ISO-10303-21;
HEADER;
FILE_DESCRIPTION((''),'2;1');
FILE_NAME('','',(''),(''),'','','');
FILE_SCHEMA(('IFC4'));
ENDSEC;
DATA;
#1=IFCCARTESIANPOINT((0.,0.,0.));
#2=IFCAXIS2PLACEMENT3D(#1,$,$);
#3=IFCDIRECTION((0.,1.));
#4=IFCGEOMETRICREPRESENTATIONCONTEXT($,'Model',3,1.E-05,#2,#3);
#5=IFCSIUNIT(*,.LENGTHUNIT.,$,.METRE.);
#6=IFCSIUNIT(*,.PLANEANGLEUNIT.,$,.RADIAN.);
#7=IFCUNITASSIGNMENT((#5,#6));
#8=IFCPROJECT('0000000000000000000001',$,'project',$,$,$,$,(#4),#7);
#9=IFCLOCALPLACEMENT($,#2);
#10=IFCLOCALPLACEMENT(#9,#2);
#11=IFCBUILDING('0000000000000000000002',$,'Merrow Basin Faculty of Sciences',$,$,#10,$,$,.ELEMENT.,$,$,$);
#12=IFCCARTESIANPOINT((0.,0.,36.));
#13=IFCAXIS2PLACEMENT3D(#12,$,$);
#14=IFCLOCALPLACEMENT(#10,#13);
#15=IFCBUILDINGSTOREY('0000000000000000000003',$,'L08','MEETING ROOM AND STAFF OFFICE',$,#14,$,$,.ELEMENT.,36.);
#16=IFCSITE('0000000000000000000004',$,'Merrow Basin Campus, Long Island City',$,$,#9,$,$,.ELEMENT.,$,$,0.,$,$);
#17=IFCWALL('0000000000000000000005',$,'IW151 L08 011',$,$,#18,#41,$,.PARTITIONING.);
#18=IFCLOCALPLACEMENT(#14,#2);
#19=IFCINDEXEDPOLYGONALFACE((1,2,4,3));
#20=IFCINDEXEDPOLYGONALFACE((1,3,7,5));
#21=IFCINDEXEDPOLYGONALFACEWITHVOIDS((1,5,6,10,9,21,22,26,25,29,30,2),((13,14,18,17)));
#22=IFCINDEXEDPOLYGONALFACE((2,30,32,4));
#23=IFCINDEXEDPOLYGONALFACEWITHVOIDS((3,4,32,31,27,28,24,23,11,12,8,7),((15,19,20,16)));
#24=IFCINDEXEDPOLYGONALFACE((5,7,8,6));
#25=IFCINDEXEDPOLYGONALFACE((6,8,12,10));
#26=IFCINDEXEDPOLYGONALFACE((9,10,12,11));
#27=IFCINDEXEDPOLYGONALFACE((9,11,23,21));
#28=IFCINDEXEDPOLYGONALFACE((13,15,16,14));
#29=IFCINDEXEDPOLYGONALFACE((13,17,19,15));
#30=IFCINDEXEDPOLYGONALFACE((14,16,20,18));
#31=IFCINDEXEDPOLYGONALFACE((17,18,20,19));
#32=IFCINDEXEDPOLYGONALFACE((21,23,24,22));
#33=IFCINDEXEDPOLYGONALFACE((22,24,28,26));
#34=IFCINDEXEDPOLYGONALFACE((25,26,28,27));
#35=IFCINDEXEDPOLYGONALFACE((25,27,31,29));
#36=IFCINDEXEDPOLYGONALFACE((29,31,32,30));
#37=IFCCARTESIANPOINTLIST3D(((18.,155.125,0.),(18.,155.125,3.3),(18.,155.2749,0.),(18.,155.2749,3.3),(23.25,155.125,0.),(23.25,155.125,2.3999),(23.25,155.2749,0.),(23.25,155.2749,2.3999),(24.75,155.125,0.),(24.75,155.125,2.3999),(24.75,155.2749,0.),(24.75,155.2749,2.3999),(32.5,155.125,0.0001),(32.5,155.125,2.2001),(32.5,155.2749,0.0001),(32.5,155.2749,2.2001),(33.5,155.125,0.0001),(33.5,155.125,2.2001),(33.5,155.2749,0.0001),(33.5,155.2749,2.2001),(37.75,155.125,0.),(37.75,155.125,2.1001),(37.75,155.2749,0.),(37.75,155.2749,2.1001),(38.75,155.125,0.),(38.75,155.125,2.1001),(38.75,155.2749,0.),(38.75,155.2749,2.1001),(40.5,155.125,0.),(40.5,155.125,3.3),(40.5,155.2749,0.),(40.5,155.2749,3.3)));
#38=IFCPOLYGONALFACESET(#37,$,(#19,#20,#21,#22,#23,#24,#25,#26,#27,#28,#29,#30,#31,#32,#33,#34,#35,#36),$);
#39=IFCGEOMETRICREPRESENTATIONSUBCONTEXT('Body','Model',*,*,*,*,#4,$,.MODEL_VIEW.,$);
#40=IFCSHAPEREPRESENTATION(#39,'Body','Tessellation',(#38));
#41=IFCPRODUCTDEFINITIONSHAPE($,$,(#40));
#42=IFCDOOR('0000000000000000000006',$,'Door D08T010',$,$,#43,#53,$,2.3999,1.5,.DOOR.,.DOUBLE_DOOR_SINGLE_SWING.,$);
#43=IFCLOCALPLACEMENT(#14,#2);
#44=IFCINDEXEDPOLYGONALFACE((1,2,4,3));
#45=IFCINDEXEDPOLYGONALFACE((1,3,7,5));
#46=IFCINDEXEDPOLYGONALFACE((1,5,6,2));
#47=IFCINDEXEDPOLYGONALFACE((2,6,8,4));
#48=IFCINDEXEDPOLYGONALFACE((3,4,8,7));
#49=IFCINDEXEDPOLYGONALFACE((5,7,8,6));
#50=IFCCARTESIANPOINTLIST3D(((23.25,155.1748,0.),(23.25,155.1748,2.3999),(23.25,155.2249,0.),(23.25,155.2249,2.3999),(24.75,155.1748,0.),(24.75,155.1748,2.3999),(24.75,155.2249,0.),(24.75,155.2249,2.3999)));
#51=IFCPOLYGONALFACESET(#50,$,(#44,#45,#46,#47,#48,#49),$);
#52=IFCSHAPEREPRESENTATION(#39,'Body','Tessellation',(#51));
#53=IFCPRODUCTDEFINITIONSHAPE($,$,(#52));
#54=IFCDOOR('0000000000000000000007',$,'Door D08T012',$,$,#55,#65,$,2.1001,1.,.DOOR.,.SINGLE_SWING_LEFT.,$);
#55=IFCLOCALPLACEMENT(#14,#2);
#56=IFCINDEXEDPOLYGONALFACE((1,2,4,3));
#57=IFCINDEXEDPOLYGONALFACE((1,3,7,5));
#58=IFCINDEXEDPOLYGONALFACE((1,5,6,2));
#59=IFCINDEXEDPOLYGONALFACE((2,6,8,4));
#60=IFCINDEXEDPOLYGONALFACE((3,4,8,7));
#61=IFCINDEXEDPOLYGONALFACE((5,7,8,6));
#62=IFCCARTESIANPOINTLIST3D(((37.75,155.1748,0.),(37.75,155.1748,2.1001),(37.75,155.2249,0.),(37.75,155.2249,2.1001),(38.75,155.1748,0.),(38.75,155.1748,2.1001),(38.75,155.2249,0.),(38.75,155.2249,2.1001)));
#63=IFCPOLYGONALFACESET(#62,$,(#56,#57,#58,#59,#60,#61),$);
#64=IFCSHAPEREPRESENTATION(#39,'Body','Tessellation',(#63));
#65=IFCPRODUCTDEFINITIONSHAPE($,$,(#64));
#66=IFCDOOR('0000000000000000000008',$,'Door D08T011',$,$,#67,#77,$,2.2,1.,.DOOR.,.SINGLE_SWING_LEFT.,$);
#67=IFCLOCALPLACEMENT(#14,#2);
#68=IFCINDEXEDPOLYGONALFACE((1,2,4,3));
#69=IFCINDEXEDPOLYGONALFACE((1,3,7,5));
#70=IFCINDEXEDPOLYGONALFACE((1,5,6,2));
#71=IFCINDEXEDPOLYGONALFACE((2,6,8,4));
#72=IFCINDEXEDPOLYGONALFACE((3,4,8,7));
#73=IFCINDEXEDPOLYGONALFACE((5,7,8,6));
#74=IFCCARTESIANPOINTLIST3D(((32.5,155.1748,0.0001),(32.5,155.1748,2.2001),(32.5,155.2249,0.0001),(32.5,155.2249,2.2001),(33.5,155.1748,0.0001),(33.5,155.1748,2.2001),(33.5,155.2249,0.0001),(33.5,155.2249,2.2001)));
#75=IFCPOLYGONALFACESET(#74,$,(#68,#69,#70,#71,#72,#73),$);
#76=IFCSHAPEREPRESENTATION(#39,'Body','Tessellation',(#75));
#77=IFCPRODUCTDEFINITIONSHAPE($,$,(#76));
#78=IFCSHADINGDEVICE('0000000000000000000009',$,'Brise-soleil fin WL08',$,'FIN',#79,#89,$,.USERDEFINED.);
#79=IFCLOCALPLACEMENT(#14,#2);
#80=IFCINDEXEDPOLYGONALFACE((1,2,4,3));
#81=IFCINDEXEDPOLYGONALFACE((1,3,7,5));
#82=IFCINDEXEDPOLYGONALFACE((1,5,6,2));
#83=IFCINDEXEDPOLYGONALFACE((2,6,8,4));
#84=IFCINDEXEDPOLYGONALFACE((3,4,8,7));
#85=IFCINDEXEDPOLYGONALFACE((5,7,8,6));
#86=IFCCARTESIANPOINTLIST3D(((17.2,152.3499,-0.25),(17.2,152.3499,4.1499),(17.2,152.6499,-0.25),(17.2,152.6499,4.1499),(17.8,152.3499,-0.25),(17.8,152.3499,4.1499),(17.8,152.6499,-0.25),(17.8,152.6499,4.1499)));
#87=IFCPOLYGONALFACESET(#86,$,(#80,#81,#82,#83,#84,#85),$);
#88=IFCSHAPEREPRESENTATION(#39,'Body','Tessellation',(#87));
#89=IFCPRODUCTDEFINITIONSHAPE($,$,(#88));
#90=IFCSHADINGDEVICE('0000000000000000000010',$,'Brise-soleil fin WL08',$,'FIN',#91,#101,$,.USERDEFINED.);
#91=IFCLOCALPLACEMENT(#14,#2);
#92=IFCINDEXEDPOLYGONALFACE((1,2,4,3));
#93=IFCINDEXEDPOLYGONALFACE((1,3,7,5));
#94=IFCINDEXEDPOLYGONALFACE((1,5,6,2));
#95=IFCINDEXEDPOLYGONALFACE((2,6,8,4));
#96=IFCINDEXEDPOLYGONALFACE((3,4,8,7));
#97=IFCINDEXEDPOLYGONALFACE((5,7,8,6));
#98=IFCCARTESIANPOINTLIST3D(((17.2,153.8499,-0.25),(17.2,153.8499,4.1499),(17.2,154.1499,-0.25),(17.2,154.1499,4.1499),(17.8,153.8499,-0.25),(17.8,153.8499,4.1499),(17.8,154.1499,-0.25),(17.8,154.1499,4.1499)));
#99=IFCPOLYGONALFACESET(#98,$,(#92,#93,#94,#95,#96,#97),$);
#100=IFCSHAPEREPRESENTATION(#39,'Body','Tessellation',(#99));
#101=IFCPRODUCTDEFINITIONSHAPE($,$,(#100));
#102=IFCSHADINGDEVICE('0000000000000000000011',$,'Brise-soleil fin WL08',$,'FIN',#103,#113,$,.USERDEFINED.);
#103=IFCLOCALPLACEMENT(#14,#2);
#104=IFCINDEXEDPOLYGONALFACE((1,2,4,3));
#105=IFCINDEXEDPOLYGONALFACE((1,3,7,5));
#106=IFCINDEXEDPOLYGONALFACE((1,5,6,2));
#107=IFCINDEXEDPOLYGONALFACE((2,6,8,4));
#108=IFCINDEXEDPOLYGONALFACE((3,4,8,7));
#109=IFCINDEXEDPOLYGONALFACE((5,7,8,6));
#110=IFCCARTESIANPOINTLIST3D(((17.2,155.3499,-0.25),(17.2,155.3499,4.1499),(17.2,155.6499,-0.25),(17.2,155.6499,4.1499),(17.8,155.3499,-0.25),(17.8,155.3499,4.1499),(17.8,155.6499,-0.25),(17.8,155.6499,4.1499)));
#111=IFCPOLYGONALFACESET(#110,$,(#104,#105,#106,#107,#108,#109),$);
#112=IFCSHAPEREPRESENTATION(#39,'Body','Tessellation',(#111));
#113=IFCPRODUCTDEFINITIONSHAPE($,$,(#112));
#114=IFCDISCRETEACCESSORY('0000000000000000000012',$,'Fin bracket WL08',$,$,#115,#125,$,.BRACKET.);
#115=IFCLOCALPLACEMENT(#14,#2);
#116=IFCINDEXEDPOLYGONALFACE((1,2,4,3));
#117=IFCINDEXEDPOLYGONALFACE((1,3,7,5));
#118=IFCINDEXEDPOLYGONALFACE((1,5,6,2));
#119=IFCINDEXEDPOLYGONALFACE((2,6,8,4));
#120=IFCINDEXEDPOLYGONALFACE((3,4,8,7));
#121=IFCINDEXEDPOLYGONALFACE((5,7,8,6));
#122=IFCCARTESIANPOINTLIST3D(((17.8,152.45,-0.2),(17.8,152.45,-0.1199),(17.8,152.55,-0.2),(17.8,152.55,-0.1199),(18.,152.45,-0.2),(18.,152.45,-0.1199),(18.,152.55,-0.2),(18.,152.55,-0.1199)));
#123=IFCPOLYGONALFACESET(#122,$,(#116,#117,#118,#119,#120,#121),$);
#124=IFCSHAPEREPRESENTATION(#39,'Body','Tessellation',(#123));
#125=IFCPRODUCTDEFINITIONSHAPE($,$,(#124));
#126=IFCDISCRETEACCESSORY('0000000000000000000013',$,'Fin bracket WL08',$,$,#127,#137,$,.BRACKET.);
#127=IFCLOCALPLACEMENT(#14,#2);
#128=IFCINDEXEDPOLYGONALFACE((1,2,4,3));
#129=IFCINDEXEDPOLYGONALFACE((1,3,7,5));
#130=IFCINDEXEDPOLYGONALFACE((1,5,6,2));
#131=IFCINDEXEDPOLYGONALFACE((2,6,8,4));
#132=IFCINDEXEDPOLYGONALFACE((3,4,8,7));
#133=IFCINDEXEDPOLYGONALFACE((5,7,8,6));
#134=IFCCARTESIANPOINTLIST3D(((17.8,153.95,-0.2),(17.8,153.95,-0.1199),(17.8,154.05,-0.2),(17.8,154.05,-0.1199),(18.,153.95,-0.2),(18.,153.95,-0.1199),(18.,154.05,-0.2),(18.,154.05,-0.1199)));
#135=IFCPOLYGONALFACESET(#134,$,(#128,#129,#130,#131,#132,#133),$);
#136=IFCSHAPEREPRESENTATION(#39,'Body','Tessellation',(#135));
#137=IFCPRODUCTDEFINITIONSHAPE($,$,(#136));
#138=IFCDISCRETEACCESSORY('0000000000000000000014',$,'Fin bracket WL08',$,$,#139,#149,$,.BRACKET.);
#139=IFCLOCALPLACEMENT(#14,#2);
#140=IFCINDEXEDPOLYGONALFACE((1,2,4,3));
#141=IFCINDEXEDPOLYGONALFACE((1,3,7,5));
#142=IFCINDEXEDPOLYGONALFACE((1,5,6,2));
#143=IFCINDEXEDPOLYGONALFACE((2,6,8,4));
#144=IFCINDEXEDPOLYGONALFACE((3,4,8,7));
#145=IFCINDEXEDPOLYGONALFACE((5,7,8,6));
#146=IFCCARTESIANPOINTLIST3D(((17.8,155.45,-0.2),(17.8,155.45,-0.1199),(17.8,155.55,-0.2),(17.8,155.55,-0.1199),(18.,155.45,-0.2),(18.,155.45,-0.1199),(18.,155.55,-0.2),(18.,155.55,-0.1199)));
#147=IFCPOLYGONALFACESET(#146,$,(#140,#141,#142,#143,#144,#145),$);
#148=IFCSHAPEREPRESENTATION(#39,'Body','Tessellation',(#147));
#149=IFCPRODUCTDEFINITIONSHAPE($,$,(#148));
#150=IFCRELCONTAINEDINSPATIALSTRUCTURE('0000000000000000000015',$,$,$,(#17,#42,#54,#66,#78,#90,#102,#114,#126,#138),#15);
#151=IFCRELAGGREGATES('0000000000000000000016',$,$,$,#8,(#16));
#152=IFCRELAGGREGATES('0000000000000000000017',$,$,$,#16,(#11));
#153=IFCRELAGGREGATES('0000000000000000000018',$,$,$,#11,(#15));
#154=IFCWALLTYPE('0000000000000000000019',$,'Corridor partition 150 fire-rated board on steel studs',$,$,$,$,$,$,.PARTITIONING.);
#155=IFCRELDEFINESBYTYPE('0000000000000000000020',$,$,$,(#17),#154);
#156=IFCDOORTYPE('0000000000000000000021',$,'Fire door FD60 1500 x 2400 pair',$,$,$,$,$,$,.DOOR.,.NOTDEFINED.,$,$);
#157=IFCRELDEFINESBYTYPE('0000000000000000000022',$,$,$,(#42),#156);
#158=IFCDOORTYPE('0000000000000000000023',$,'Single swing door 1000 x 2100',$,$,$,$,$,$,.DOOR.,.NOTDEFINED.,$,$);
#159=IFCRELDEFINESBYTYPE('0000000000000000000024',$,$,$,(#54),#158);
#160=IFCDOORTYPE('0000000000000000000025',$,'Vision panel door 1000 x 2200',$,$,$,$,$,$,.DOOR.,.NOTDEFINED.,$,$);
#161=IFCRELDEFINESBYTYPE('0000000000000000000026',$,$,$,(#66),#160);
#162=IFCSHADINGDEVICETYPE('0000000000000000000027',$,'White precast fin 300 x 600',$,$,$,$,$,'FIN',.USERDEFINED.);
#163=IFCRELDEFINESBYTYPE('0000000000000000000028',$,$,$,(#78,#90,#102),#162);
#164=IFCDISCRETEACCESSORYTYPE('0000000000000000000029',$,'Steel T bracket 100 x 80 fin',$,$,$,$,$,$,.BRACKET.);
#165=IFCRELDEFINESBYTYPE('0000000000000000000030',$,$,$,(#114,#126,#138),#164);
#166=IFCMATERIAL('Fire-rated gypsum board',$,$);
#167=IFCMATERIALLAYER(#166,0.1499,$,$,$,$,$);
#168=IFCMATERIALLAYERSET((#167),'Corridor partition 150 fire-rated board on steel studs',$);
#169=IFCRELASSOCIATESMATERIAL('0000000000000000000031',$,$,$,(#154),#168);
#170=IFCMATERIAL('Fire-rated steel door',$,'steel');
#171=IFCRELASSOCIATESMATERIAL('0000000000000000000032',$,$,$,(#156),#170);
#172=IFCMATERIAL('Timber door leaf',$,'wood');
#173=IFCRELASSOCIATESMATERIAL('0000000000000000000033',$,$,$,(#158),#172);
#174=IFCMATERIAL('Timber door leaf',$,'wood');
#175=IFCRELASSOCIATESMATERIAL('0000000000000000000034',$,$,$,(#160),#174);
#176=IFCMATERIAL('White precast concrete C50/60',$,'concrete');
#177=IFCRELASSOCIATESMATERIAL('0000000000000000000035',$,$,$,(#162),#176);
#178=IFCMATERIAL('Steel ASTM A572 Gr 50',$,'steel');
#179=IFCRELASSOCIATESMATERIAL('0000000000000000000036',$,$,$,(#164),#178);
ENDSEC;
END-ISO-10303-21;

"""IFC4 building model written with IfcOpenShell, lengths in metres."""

from ifc_helpers import new_model, si_unit, direction, frame, frame_2d, origin, place, context, subcontext, project, spatial, polyline, rectangle, outline, extrude, source, transform, mapped, material, layer, layer_set, type_object, element, fill, save


model = new_model("IFC4")

# Units and contexts
model_context = context("Model", 3, precision=1e-05, world=origin(), true_north=direction((0.0, 1.0)))
body_context = subcontext(model_context, "Body", "Model", "MODEL_VIEW")
ifc_project = project(units=[si_unit("LENGTHUNIT", "METRE"), si_unit("PLANEANGLEUNIT", "RADIAN")], contexts=[model_context])

# Site, building, storey
site_placement = place(None, origin())
site = spatial("IfcSite", under=ifc_project, at=site_placement, Name="Merrow Basin Campus, Long Island City", CompositionType="ELEMENT", RefElevation=0.0)
building_placement = place(site_placement, origin())
building = spatial("IfcBuilding", under=site, at=building_placement, Name="Merrow Basin Faculty of Sciences", CompositionType="ELEMENT")
storey_placement = place(building_placement, frame((0.0, 0.0, 36.0)))
storey = spatial("IfcBuildingStorey", under=building, at=storey_placement, Name="L08", Description="MEETING ROOM AND STAFF OFFICE", CompositionType="ELEMENT", Elevation=36.0)

# Wall, openings, doors
ifc_material_1 = material(Name="Fire-rated gypsum board")
ifc_layer_1 = layer(ifc_material_1, 0.1499)
ifc_layer_set_1 = layer_set([ifc_layer_1], Name="Corridor partition 150 fire-rated board on steel studs")
wall_type = type_object("IfcWallType", Name="Corridor partition 150 fire-rated board on steel studs", PredefinedType="PARTITIONING", material=ifc_layer_set_1)
wall_placement = place(storey_placement, frame((18.0, 155.2, 0.0), z_axis=(0.0, 0.0, 1.0), x_axis=(1.0, 0.0, 0.0)))
wall = element("IfcWall", 1, at=wall_placement, inside=storey, type_object=wall_type, Name="IW151 L08 011", PredefinedType="PARTITIONING", context=body_context, shape_type="SweptSolid", body=[
    extrude(rectangle(XDim=22.5, YDim=0.1499, at=frame_2d((11.25, 0.0))), origin(), (0.0, 0.0, 1.0), 3.3),
])
opening_1_placement = place(wall_placement, frame((5.25, 0.0, 0.0)))
opening_1 = element("IfcOpeningElement", 2, at=opening_1_placement, cuts=wall, PredefinedType="OPENING", context=body_context, shape_type="SweptSolid", body=[
    extrude(rectangle(XDim=1.5, YDim=2.3999, at=frame_2d((0.75, 1.2))), frame((0.0, 0.085, 0.0), z_axis=(0.0, -1.0, 0.0), x_axis=(1.0, 0.0, 0.0)), (0.0, 0.0, 1.0), 0.1699),
])
opening_2_placement = place(wall_placement, frame((14.5, 0.0, 0.0)))
opening_2 = element("IfcOpeningElement", 3, at=opening_2_placement, cuts=wall, PredefinedType="OPENING", context=body_context, shape_type="SweptSolid", body=[
    extrude(rectangle(XDim=1.0, YDim=2.2, at=frame_2d((0.5, 1.1001))), frame((0.0, 0.085, 0.0), z_axis=(0.0, -1.0, 0.0), x_axis=(1.0, 0.0, 0.0)), (0.0, 0.0, 1.0), 0.1699),
])
opening_3_placement = place(wall_placement, frame((19.75, 0.0, 0.0)))
opening_3 = element("IfcOpeningElement", 4, at=opening_3_placement, cuts=wall, PredefinedType="OPENING", context=body_context, shape_type="SweptSolid", body=[
    extrude(rectangle(XDim=1.0, YDim=2.1001, at=frame_2d((0.5, 1.05))), frame((0.0, 0.085, 0.0), z_axis=(0.0, -1.0, 0.0), x_axis=(1.0, 0.0, 0.0)), (0.0, 0.0, 1.0), 0.1699),
])
ifc_material_2 = material(Name="Fire-rated steel door", Category="steel")
door_type_1 = type_object("IfcDoorType", Name="Fire door FD60 1500 x 2400 pair", OperationType="NOTDEFINED", PredefinedType="DOOR", material=ifc_material_2)
door_1_placement = place(opening_1_placement, origin())
door_1 = element("IfcDoor", 5, at=door_1_placement, inside=storey, type_object=door_type_1, Name="Door D08T010", OperationType="DOUBLE_DOOR_SINGLE_SWING", OverallHeight=2.3999, OverallWidth=1.5, PredefinedType="DOOR", context=body_context, shape_type="SweptSolid", body=[
    extrude(rectangle(XDim=1.5, YDim=2.3999, at=frame_2d((0.75, 1.2))), frame((0.0, 0.0249, 0.0), z_axis=(0.0, -1.0, 0.0), x_axis=(1.0, 0.0, 0.0)), (0.0, 0.0, 1.0), 0.05),
])
fill(opening_1, door_1)
ifc_material_3 = material(Name="Timber door leaf", Category="wood")
door_type_2 = type_object("IfcDoorType", Name="Single swing door 1000 x 2100", OperationType="NOTDEFINED", PredefinedType="DOOR", material=ifc_material_3)
door_2_placement = place(opening_3_placement, origin())
door_2 = element("IfcDoor", 6, at=door_2_placement, inside=storey, type_object=door_type_2, Name="Door D08T012", OperationType="SINGLE_SWING_LEFT", OverallHeight=2.1001, OverallWidth=1.0, PredefinedType="DOOR", context=body_context, shape_type="SweptSolid", body=[
    extrude(rectangle(XDim=1.0, YDim=2.1001, at=frame_2d((0.5, 1.05))), frame((0.0, 0.0249, 0.0), z_axis=(0.0, -1.0, 0.0), x_axis=(1.0, 0.0, 0.0)), (0.0, 0.0, 1.0), 0.05),
])
fill(opening_3, door_2)
ifc_material_4 = material(Name="Timber door leaf", Category="wood")
door_type_3 = type_object("IfcDoorType", Name="Vision panel door 1000 x 2200", OperationType="NOTDEFINED", PredefinedType="DOOR", material=ifc_material_4)
door_3_placement = place(opening_2_placement, origin())
door_3 = element("IfcDoor", 7, at=door_3_placement, inside=storey, type_object=door_type_3, Name="Door D08T011", OperationType="SINGLE_SWING_LEFT", OverallHeight=2.2, OverallWidth=1.0, PredefinedType="DOOR", context=body_context, shape_type="SweptSolid", body=[
    extrude(rectangle(XDim=1.0, YDim=2.2, at=frame_2d((0.5, 1.1001))), frame((0.0, 0.0249, 0.0), z_axis=(0.0, -1.0, 0.0), x_axis=(1.0, 0.0, 0.0)), (0.0, 0.0, 1.0), 0.05),
])
fill(opening_2, door_3)

# Shading devices
ifc_material_5 = material(Name="White precast concrete C50/60", Category="concrete")
shading_device_type = type_object("IfcShadingDeviceType", Name="White precast fin 300 x 600", ElementType="FIN", PredefinedType="USERDEFINED", material=ifc_material_5)
shared_shape_1 = source(origin(), body_context, "Body", "SweptSolid", [
    extrude(outline(polyline([(0.0, 0.0), (0.3, 0.0), (0.3, 4.3999), (0.0, 4.3999), (0.0, 0.0)])), origin(), (0.0, 0.0, 1.0), 0.6001),
])
for number, where, z_axis, x_axis, name in (
    (8, (17.8, 152.6499, -0.25), (-1.0, 0.0, 0.0), (0.0, -1.0, 0.0), "Brise-soleil fin WL08"),
    (9, (17.8, 154.1499, -0.25), (-1.0, 0.0, 0.0), (0.0, -1.0, 0.0), "Brise-soleil fin WL08"),
    (10, (17.8, 155.6499, -0.25), (-1.0, 0.0, 0.0), (0.0, -1.0, 0.0), "Brise-soleil fin WL08"),
):
    element("IfcShadingDevice", number, at=place(storey_placement, frame(where, z_axis=z_axis, x_axis=x_axis)), inside=storey, type_object=shading_device_type, Name=name, ObjectType="FIN", PredefinedType="USERDEFINED", context=body_context, shape_type="MappedRepresentation", body=[
        mapped(shared_shape_1, transform((0.0, 0.0, 0.0), scale=1.0)),
    ])

# Discrete accessories
ifc_material_6 = material(Name="Steel ASTM A572 Gr 50", Category="steel")
discrete_accessory_type = type_object("IfcDiscreteAccessoryType", Name="Steel T bracket 100 x 80 fin", PredefinedType="BRACKET", material=ifc_material_6)
shared_shape_2 = source(origin(), body_context, "Body", "SweptSolid", [
    extrude(outline(polyline([(0.0, 0.0), (0.1001, 0.0), (0.1001, 0.0801), (0.0, 0.0801), (0.0, 0.0)])), origin(), (0.0, 0.0, 1.0), 0.2),
])
for number, where, z_axis, x_axis, name in (
    (11, (18.0, 152.55, -0.2), (-1.0, 0.0, 0.0), (0.0, -1.0, 0.0), "Fin bracket WL08"),
    (12, (18.0, 154.05, -0.2), (-1.0, 0.0, 0.0), (0.0, -1.0, 0.0), "Fin bracket WL08"),
    (13, (18.0, 155.55, -0.2), (-1.0, 0.0, 0.0), (0.0, -1.0, 0.0), "Fin bracket WL08"),
):
    element("IfcDiscreteAccessory", number, at=place(storey_placement, frame(where, z_axis=z_axis, x_axis=x_axis)), inside=storey, type_object=discrete_accessory_type, Name=name, PredefinedType="BRACKET", context=body_context, shape_type="MappedRepresentation", body=[
        mapped(shared_shape_2, transform((0.0, 0.0, 0.0), scale=1.0)),
    ])

save(model, "model.ifc")
